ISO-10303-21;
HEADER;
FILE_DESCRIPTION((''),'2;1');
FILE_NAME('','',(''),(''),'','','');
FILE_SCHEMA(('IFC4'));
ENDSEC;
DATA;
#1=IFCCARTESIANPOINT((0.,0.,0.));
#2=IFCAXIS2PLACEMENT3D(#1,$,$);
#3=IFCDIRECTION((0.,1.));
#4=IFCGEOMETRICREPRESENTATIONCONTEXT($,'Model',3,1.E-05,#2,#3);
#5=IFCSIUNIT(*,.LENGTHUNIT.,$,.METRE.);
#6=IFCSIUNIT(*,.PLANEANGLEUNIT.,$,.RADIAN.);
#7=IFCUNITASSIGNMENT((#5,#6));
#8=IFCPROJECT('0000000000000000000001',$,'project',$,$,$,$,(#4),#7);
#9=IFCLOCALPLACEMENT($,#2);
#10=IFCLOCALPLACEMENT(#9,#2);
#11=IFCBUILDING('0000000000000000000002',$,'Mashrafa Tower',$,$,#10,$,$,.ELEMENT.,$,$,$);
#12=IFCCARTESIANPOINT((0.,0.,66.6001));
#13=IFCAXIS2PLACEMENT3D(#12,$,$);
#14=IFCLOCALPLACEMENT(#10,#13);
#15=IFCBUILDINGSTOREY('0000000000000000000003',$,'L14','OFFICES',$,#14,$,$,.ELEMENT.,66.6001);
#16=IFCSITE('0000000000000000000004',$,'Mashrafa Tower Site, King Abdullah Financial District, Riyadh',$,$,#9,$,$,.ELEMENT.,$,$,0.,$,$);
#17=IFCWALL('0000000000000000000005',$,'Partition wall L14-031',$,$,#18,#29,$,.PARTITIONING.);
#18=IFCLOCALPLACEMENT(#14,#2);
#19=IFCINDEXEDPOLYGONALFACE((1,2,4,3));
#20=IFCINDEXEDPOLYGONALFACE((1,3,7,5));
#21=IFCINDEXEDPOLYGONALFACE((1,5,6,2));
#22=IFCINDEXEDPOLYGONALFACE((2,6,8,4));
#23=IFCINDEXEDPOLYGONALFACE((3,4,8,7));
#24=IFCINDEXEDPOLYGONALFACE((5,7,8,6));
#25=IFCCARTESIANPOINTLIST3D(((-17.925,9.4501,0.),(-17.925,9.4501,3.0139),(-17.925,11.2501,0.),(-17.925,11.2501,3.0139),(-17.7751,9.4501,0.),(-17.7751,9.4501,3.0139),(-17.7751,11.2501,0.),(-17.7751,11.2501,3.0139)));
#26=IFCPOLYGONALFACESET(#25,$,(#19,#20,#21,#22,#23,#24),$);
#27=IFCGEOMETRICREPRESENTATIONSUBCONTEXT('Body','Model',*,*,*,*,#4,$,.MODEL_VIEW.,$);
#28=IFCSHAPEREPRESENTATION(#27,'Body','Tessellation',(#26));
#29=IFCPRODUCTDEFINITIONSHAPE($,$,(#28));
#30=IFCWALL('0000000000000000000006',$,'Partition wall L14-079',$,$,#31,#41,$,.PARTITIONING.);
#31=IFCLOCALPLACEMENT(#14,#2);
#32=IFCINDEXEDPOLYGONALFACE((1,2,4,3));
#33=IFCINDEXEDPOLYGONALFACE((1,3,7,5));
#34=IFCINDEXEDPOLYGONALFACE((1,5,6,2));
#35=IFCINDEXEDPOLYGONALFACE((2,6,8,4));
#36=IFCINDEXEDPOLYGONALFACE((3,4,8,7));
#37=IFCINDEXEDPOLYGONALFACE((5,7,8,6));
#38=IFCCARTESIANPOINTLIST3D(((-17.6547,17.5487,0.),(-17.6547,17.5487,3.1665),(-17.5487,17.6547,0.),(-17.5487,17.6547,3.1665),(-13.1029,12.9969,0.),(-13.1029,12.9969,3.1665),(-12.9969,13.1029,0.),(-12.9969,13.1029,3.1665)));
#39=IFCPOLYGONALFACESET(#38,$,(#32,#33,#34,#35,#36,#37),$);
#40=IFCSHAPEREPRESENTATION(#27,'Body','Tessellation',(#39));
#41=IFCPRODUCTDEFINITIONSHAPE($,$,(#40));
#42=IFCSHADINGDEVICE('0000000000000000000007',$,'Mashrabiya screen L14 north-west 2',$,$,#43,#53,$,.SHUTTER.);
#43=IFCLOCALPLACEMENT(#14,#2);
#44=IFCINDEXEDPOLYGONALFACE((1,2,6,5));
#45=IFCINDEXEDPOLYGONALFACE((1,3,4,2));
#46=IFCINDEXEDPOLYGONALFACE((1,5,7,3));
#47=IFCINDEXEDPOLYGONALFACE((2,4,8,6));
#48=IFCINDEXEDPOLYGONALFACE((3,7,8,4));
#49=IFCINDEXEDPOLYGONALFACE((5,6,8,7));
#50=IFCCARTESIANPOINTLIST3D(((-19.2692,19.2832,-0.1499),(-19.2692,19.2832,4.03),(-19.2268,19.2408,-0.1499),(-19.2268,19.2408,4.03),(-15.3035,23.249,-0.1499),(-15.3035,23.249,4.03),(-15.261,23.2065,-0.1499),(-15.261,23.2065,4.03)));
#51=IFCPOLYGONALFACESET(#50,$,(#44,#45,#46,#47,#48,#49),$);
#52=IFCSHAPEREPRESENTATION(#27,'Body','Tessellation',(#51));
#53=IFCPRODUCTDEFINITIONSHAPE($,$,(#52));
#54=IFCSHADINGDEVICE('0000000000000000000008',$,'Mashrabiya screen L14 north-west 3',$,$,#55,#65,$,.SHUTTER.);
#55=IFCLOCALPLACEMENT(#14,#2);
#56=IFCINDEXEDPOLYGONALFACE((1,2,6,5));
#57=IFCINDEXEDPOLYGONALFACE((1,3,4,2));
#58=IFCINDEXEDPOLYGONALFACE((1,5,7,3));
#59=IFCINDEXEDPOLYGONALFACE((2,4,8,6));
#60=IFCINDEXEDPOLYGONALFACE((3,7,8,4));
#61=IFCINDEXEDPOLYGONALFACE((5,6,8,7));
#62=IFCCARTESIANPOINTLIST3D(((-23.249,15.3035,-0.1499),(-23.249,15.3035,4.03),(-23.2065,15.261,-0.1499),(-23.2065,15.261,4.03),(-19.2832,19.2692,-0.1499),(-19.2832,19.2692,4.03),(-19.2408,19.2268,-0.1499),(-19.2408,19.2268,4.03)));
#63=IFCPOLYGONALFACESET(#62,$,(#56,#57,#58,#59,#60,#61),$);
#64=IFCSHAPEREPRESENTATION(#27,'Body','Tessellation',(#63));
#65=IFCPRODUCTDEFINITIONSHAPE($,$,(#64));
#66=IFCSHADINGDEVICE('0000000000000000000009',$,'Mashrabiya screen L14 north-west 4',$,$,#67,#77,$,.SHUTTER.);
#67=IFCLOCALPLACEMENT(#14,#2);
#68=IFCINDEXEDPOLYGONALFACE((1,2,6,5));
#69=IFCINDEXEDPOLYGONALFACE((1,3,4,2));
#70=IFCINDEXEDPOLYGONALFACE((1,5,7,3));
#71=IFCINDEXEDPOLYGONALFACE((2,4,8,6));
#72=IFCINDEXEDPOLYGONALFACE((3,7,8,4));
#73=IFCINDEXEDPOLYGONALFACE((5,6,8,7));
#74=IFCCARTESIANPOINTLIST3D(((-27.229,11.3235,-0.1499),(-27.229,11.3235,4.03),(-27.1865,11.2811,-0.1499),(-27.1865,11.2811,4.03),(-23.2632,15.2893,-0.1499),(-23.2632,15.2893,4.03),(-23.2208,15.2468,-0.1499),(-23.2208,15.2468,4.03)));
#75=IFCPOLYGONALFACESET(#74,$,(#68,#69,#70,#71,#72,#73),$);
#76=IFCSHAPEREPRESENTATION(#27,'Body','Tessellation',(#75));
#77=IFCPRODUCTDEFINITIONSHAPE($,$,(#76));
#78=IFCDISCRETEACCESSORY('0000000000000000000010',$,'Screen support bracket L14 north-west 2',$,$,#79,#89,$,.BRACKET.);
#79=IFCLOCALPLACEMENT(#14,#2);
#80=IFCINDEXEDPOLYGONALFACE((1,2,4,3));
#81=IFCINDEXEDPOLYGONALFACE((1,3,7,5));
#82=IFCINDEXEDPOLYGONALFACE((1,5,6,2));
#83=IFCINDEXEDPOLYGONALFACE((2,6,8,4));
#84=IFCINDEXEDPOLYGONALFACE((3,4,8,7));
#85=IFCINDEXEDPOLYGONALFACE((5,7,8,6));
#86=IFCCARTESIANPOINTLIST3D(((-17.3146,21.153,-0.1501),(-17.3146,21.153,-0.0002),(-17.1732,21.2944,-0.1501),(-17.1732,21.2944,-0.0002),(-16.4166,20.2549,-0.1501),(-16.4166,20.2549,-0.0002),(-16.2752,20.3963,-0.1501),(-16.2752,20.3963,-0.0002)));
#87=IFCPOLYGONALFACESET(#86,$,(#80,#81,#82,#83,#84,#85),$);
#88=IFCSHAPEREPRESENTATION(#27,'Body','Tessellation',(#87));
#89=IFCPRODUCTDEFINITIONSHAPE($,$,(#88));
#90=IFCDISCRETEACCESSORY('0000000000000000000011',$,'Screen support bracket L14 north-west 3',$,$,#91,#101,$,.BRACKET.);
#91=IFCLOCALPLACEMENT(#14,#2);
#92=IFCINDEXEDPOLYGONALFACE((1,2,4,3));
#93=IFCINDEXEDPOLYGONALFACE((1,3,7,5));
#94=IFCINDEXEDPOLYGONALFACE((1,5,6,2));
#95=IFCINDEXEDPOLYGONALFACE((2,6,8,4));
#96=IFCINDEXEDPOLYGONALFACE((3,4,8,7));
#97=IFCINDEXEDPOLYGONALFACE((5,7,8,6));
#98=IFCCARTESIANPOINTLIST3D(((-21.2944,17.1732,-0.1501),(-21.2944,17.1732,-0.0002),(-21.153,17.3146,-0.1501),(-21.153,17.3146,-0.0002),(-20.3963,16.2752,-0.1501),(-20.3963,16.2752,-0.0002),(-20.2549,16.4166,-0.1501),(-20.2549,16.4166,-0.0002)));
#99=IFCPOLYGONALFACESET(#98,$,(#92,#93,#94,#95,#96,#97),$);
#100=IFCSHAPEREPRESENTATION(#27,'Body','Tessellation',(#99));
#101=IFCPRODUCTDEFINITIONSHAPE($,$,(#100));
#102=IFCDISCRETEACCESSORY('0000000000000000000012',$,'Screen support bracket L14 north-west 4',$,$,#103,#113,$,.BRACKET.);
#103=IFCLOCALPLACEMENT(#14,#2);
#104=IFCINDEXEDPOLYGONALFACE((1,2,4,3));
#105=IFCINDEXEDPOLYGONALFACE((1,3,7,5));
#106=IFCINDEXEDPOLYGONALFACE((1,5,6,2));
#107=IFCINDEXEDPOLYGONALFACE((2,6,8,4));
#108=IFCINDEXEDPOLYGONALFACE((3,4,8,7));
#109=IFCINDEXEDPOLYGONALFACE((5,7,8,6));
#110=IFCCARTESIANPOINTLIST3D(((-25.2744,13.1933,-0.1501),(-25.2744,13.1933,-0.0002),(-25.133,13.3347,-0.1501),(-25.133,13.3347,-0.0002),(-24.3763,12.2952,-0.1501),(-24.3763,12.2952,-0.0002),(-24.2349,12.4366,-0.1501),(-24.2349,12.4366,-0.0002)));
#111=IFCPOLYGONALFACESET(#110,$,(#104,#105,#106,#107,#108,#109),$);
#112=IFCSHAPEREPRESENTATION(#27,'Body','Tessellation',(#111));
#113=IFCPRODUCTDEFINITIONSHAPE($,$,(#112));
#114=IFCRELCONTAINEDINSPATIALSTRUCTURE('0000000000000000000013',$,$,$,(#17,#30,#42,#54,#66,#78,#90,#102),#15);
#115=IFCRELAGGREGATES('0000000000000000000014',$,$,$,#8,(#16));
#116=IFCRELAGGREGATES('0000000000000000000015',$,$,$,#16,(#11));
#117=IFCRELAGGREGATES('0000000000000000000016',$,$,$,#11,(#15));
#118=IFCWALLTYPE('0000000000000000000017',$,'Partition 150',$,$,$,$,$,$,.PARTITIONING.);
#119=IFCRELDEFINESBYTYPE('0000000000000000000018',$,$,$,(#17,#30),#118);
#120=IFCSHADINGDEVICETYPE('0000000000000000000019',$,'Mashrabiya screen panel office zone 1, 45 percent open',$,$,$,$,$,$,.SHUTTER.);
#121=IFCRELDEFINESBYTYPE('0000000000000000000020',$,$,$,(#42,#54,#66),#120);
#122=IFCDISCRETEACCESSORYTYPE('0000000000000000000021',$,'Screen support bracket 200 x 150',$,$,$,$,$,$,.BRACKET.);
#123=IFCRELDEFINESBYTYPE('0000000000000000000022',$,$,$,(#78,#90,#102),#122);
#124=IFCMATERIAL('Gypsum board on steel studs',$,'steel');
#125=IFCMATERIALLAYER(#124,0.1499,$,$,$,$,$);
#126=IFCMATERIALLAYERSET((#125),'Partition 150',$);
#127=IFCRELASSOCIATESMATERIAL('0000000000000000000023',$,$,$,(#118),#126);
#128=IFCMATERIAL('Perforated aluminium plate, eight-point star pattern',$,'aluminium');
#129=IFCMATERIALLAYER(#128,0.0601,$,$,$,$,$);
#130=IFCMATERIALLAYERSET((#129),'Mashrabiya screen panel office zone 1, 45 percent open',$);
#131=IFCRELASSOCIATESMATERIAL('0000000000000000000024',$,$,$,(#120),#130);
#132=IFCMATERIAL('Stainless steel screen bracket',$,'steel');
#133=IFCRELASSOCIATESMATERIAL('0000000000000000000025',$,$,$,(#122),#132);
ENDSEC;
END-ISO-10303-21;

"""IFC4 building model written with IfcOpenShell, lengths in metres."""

from ifc_helpers import new_model, si_unit, direction, frame, frame_2d, origin, origin_2d, place, context, subcontext, project, spatial, rectangle, extrude, source, transform, mapped, material, layer, layer_set, type_object, type_shapes, element, save


model = new_model("IFC4")

# Units and contexts
model_context = context("Model", 3, precision=1e-05, world=origin(), true_north=direction((0.0, 1.0)))
body_context = subcontext(model_context, "Body", "Model", "MODEL_VIEW")
ifc_project = project(units=[si_unit("LENGTHUNIT", "METRE"), si_unit("PLANEANGLEUNIT", "RADIAN")], contexts=[model_context])

# Site, building, storey
site_placement = place(None, origin())
site = spatial("IfcSite", under=ifc_project, at=site_placement, Name="Mashrafa Tower Site, King Abdullah Financial District, Riyadh", CompositionType="ELEMENT", RefElevation=0.0)
building_placement = place(site_placement, origin())
building = spatial("IfcBuilding", under=site, at=building_placement, Name="Mashrafa Tower", CompositionType="ELEMENT")
storey_placement = place(building_placement, frame((0.0, 0.0, 66.6001)))
storey = spatial("IfcBuildingStorey", under=building, at=storey_placement, Name="L14", Description="OFFICES", CompositionType="ELEMENT", Elevation=66.6001)

# Walls
ifc_material_1 = material(Name="Gypsum board on steel studs", Category="steel")
ifc_layer_1 = layer(ifc_material_1, 0.1499)
ifc_layer_set_1 = layer_set([ifc_layer_1], Name="Partition 150")
wall_type = type_object("IfcWallType", Name="Partition 150", PredefinedType="PARTITIONING", material=ifc_layer_set_1)
wall_1_placement = place(storey_placement, frame((-17.8501, 11.25, 0.0), z_axis=(0.0, 0.0, 1.0), x_axis=(0.0, -1.0, 0.0)))
element("IfcWall", 1, at=wall_1_placement, inside=storey, type_object=wall_type, Name="Partition wall L14-031", PredefinedType="PARTITIONING", context=body_context, shape_type="SweptSolid", body=[
    extrude(rectangle(XDim=1.8, YDim=0.1499, at=frame_2d((0.8999, 0.0))), origin(), (0.0, 0.0, 1.0), 3.0139),
])
wall_2_placement = place(storey_placement, frame((-17.6018, 17.6018, 0.0), z_axis=(0.0, 0.0, 1.0), x_axis=(0.707107, -0.707107, 0.0)))
element("IfcWall", 2, at=wall_2_placement, inside=storey, type_object=wall_type, Name="Partition wall L14-079", PredefinedType="PARTITIONING", context=body_context, shape_type="SweptSolid", body=[
    extrude(rectangle(XDim=6.4373, YDim=0.1499, at=frame_2d((3.2188, 0.0))), origin(), (0.0, 0.0, 1.0), 3.1665),
])

# Shading devices
ifc_material_2 = material(Name="Perforated aluminium plate, eight-point star pattern", Category="aluminium")
ifc_layer_2 = layer(ifc_material_2, 0.0601)
ifc_layer_set_2 = layer_set([ifc_layer_2], Name="Mashrabiya screen panel office zone 1, 45 percent open")
shading_device_type = type_object("IfcShadingDeviceType", Name="Mashrabiya screen panel office zone 1, 45 percent open", PredefinedType="SHUTTER", material=ifc_layer_set_2)
shared_shape_1 = source(origin(), body_context, "Body", "SweptSolid", [
    extrude(rectangle(XDim=5.6084, YDim=0.0601, at=origin_2d()), origin(), (0.0, 0.0, 1.0), 4.1799),
])
type_shapes(shading_device_type, [shared_shape_1])
for number, where, z_axis, x_axis, name in (
    (3, (-17.2651, 21.2449, -0.1499), (0.0, 0.0, 1.0), (-0.707107, -0.707107, 0.0), "Mashrabiya screen L14 north-west 2"),
    (4, (-21.2449, 17.2651, -0.1499), (0.0, 0.0, 1.0), (-0.707107, -0.707107, 0.0), "Mashrabiya screen L14 north-west 3"),
    (5, (-25.2249, 13.2852, -0.1499), (0.0, 0.0, 1.0), (-0.707107, -0.707107, 0.0), "Mashrabiya screen L14 north-west 4"),
):
    element("IfcShadingDevice", number, at=place(storey_placement, frame(where, z_axis=z_axis, x_axis=x_axis)), inside=storey, type_object=shading_device_type, Name=name, PredefinedType="SHUTTER", context=body_context, shape_type="MappedRepresentation", body=[
        mapped(shared_shape_1, transform((0.0, 0.0, 0.0))),
    ])

# Discrete accessories
ifc_material_3 = material(Name="Stainless steel screen bracket", Category="steel")
discrete_accessory_type = type_object("IfcDiscreteAccessoryType", Name="Screen support bracket 200 x 150", PredefinedType="BRACKET", material=ifc_material_3)
shared_shape_2 = source(origin(), body_context, "Body", "SweptSolid", [
    extrude(rectangle(XDim=0.2, YDim=1.27, at=origin_2d()), origin(), (0.0, 0.0, 1.0), 0.1499),
])
type_shapes(discrete_accessory_type, [shared_shape_2])
for number, where, z_axis, x_axis, name in (
    (6, (-16.7949, 20.7747, -0.1501), (0.0, 0.0, 1.0), (-0.707107, -0.707107, 0.0), "Screen support bracket L14 north-west 2"),
    (7, (-20.7747, 16.7949, -0.1501), (0.0, 0.0, 1.0), (-0.707107, -0.707107, 0.0), "Screen support bracket L14 north-west 3"),
    (8, (-24.7546, 12.8149, -0.1501), (0.0, 0.0, 1.0), (-0.707107, -0.707107, 0.0), "Screen support bracket L14 north-west 4"),
):
    element("IfcDiscreteAccessory", number, at=place(storey_placement, frame(where, z_axis=z_axis, x_axis=x_axis)), inside=storey, type_object=discrete_accessory_type, Name=name, PredefinedType="BRACKET", context=body_context, shape_type="MappedRepresentation", body=[
        mapped(shared_shape_2, transform((0.0, 0.0, 0.0))),
    ])

save(model, "model.ifc")
